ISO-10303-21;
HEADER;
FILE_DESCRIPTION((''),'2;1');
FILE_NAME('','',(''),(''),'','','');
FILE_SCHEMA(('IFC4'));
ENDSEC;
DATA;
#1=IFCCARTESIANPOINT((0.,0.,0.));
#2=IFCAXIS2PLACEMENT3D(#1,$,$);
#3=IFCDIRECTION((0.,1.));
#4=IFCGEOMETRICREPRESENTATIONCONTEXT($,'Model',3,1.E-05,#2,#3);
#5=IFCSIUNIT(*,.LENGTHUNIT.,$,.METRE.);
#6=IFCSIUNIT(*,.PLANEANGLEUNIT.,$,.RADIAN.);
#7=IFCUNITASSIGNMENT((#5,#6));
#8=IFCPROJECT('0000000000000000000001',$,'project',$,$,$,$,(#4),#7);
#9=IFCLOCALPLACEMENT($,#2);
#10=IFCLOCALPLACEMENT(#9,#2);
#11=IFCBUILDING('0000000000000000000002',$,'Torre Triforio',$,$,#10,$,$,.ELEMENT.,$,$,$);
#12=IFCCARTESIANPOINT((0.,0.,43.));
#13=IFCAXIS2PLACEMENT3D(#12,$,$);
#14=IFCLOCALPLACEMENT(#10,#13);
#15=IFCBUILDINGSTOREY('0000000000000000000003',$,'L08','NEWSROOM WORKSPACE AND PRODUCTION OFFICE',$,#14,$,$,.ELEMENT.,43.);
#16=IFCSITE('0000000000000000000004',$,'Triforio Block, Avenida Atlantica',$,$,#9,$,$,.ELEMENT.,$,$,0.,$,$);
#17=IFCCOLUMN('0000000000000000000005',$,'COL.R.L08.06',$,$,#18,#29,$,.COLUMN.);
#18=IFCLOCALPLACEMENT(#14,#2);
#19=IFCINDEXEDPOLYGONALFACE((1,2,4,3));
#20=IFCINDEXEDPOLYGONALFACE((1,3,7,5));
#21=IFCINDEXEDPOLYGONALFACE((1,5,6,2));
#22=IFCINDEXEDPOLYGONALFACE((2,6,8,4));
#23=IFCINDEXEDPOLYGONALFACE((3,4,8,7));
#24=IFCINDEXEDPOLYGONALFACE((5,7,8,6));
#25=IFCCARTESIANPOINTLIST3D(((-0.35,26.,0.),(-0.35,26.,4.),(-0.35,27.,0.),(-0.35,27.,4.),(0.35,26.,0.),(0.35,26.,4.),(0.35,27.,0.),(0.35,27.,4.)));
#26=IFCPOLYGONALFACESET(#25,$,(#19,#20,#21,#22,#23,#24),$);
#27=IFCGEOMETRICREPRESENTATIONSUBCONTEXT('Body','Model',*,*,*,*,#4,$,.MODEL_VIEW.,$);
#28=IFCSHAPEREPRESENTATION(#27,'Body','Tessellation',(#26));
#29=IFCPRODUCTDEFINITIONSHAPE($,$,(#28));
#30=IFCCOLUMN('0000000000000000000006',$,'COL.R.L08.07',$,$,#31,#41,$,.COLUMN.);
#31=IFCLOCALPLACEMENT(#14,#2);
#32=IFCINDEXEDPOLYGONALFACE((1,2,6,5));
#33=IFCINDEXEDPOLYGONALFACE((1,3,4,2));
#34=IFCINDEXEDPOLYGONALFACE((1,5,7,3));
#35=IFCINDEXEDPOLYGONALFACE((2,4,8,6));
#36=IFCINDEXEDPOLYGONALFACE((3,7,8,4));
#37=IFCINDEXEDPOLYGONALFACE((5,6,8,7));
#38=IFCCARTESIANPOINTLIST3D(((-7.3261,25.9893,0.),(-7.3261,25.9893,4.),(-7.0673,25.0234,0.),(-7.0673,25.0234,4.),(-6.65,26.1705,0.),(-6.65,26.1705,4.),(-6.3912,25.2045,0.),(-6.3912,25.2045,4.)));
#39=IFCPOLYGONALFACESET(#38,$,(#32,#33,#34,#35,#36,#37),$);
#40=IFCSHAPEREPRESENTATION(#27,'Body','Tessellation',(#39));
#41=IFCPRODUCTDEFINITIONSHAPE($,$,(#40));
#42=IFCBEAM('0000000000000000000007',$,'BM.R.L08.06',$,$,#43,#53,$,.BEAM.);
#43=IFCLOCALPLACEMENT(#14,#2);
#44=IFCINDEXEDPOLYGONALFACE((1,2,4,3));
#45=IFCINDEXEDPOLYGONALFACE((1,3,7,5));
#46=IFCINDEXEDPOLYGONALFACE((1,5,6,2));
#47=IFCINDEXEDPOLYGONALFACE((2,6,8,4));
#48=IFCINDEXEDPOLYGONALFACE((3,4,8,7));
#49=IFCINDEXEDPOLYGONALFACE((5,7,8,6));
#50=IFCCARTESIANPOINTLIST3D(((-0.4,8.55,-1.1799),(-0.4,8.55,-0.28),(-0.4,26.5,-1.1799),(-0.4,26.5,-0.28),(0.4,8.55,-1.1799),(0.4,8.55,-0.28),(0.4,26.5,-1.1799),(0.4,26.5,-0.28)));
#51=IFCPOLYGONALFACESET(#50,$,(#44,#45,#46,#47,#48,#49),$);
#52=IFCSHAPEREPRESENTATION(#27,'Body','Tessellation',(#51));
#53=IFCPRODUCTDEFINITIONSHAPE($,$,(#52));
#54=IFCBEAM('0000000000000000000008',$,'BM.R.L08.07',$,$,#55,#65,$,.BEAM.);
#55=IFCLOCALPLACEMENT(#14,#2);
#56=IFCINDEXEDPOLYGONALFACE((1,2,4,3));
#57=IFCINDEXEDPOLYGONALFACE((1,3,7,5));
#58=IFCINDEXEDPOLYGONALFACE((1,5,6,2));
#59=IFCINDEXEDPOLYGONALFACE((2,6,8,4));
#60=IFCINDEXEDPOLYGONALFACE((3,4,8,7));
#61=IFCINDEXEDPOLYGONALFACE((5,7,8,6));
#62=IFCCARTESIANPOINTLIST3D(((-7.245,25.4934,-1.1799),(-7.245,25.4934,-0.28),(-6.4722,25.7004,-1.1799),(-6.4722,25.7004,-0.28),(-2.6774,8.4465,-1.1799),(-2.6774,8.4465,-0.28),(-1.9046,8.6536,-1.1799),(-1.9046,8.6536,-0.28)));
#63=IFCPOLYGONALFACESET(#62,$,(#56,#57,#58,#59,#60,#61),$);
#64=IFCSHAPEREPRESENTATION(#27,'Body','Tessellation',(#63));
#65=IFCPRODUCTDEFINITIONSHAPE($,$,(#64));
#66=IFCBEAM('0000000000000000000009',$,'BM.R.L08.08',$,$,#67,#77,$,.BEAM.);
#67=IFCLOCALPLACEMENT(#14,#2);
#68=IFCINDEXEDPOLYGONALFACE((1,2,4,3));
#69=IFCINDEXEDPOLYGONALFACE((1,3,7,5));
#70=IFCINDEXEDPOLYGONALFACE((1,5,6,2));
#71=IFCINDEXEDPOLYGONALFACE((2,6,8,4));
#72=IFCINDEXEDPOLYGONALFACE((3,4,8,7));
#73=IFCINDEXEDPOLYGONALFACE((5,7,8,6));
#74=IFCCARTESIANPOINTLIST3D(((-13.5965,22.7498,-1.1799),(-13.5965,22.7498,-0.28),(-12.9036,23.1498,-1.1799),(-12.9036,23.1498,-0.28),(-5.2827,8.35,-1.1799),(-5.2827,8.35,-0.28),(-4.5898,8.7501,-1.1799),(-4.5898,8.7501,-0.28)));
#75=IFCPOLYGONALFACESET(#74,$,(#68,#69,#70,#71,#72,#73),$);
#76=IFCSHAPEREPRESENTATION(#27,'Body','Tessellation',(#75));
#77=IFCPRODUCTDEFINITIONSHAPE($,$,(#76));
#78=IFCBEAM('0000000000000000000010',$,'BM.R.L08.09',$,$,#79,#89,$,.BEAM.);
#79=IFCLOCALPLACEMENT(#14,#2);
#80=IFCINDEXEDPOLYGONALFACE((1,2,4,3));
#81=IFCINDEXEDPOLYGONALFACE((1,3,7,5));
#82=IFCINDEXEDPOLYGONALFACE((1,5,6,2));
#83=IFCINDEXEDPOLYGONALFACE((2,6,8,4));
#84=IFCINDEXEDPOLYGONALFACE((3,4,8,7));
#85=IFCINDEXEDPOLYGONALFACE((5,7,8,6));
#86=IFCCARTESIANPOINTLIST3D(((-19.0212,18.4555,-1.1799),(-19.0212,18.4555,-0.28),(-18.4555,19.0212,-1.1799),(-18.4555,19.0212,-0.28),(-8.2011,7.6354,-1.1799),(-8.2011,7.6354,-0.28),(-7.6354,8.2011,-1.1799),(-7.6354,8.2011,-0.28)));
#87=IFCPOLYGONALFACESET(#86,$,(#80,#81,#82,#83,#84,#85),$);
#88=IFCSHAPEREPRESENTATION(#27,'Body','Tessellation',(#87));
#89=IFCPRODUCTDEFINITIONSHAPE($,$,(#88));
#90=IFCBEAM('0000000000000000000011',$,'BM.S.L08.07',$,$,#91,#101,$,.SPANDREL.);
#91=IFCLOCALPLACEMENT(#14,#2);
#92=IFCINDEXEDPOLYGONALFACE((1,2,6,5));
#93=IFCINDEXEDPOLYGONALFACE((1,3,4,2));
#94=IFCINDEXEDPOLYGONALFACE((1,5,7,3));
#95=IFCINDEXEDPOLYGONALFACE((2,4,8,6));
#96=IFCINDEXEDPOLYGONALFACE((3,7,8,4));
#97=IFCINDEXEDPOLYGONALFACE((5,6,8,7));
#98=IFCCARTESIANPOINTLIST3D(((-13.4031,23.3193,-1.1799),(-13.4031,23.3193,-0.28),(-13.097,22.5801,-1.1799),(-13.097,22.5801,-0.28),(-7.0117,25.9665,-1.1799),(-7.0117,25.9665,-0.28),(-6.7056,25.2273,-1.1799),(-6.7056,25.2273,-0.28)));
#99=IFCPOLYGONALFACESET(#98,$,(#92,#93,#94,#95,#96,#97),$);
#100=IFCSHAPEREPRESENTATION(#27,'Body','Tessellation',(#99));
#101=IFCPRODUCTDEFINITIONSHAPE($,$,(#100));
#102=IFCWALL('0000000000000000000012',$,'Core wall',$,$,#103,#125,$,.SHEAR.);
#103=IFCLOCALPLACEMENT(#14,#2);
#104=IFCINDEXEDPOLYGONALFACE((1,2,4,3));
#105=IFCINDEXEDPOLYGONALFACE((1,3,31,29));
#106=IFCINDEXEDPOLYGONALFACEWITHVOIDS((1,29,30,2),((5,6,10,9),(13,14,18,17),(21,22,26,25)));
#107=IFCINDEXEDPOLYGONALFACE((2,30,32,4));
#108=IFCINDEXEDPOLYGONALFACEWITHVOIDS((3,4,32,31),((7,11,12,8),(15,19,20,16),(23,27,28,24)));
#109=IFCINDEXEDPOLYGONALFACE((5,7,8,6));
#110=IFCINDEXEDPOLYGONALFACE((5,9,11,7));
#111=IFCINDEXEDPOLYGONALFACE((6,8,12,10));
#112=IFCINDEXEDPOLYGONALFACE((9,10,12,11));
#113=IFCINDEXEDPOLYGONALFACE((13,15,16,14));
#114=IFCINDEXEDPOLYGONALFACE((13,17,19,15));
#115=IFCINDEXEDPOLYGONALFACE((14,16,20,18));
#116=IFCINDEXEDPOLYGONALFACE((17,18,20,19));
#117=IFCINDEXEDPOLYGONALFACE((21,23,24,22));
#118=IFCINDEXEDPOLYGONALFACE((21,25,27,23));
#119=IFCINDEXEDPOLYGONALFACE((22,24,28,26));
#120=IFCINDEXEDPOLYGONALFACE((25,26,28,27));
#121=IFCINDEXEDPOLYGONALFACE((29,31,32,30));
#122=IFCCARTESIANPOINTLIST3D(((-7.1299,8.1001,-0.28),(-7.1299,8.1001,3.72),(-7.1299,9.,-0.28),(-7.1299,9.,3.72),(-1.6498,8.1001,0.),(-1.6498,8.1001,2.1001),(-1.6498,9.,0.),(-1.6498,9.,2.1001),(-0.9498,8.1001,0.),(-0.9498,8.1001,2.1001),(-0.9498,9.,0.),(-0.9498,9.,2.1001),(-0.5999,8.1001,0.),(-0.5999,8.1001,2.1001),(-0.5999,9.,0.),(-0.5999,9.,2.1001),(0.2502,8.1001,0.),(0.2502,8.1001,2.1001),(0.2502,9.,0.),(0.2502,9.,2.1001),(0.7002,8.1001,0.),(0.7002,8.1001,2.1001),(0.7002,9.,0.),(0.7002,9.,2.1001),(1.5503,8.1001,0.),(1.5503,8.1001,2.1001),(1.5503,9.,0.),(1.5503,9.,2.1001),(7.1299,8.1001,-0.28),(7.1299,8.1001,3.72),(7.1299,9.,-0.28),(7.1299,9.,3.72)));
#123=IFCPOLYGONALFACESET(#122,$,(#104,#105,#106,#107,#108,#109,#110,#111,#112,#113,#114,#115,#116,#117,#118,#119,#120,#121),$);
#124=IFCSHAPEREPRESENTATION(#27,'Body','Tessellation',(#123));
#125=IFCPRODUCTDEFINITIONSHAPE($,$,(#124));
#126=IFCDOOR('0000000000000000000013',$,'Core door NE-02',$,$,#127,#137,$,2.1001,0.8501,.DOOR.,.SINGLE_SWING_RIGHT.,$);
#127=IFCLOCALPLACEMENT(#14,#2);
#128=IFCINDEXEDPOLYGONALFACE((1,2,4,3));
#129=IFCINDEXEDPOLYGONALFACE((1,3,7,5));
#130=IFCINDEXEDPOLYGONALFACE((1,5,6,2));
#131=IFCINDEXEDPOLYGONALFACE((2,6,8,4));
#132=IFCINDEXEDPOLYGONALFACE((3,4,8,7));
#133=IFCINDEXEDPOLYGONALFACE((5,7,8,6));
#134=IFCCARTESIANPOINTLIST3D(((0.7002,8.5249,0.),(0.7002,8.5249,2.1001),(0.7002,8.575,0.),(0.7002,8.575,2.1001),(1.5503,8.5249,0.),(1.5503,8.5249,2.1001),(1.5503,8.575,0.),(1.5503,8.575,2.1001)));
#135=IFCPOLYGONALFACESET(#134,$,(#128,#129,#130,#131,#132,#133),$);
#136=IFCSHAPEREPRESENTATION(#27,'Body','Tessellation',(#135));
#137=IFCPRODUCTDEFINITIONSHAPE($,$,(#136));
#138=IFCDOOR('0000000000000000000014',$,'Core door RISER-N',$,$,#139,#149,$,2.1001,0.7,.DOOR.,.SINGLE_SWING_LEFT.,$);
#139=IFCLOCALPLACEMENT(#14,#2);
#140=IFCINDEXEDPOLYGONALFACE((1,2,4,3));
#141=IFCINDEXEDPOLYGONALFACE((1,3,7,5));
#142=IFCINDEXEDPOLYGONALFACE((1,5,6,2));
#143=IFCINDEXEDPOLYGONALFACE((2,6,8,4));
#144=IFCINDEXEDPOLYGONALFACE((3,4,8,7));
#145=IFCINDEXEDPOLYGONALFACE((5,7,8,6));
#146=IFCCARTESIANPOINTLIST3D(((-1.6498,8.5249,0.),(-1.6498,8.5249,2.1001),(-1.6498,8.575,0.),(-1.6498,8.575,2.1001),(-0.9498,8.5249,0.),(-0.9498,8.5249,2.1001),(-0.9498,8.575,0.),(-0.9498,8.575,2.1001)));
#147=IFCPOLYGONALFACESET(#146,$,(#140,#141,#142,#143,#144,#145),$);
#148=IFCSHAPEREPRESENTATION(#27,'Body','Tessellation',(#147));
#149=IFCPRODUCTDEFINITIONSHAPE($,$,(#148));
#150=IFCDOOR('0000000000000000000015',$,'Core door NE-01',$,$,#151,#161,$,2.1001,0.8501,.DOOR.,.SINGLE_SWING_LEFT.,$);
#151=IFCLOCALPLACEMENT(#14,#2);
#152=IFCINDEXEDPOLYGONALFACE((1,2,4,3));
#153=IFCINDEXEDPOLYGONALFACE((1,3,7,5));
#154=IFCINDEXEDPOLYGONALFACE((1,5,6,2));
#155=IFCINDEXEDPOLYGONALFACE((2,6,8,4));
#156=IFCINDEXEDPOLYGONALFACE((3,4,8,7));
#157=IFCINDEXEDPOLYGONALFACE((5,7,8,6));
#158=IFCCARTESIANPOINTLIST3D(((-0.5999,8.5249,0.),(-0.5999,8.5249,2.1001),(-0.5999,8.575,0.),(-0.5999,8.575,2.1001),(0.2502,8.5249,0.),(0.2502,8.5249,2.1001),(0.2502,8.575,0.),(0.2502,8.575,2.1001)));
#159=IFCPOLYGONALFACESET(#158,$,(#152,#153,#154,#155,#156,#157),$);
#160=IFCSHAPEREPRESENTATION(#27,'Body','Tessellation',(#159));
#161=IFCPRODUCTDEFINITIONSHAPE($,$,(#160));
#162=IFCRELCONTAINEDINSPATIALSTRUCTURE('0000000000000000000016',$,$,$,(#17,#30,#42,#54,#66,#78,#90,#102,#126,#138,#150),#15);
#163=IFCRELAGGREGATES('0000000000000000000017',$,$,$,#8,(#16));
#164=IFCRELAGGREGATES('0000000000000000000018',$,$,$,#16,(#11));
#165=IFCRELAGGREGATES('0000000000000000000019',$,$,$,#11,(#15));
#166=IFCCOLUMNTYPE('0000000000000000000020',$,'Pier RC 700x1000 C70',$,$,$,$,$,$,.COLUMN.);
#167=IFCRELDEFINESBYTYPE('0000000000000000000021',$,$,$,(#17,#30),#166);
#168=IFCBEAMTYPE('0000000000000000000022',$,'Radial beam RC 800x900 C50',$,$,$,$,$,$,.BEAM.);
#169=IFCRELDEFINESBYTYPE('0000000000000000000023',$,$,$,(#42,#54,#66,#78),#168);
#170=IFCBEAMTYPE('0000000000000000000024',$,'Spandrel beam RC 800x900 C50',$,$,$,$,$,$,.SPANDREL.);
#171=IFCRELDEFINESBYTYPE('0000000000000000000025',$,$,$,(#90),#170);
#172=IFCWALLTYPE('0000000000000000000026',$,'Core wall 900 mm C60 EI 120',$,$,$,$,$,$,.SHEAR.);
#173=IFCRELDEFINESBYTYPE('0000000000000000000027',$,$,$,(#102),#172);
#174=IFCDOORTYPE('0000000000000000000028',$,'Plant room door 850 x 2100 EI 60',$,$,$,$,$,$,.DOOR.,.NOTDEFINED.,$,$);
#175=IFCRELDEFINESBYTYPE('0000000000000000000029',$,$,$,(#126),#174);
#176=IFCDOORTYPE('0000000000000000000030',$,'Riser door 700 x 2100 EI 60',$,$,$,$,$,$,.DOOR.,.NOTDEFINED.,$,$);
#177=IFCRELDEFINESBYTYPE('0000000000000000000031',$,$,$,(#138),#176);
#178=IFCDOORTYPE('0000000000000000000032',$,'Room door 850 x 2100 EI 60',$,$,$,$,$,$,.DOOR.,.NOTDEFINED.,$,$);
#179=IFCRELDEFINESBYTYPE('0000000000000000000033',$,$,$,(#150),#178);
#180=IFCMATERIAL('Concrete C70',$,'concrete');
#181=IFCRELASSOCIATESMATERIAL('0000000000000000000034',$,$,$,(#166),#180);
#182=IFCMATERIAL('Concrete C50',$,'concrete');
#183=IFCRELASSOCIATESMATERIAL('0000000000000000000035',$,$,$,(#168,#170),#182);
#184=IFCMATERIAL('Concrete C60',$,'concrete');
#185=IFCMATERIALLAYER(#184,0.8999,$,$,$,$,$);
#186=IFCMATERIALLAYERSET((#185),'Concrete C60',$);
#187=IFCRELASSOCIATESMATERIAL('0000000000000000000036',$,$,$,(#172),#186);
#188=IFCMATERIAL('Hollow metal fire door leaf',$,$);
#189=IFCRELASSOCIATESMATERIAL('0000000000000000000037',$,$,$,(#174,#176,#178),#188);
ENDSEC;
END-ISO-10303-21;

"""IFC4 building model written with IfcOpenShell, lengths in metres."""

from ifc_helpers import new_model, si_unit, direction, frame, frame_2d, origin, origin_2d, place, context, subcontext, project, spatial, rectangle, extrude, material, layer, layer_set, material_profile, profile_set, type_object, element, fill, save


model = new_model("IFC4")

# Units and contexts
model_context = context("Model", 3, precision=1e-05, world=origin(), true_north=direction((0.0, 1.0)))
body_context = subcontext(model_context, "Body", "Model", "MODEL_VIEW")
ifc_project = project(units=[si_unit("LENGTHUNIT", "METRE"), si_unit("PLANEANGLEUNIT", "RADIAN")], contexts=[model_context])

# Site, building, storey
site_placement = place(None, origin())
site = spatial("IfcSite", under=ifc_project, at=site_placement, Name="Triforio Block, Avenida Atlantica", CompositionType="ELEMENT", RefElevation=0.0)
building_placement = place(site_placement, origin())
building = spatial("IfcBuilding", under=site, at=building_placement, Name="Torre Triforio", CompositionType="ELEMENT")
storey_placement = place(building_placement, frame((0.0, 0.0, 43.0)))
storey = spatial("IfcBuildingStorey", under=building, at=storey_placement, Name="L08", Description="NEWSROOM WORKSPACE AND PRODUCTION OFFICE", CompositionType="ELEMENT", Elevation=43.0)

# Columns
ifc_material_1 = material(Name="Concrete C70", Category="concrete")
ifc_material_profile_1 = material_profile(ifc_material_1, rectangle(XDim=0.7, YDim=1.0, at=origin_2d()), Name="RC 700x1000")
ifc_profile_set_1 = profile_set([ifc_material_profile_1], Name="Concrete C70")
column_type = type_object("IfcColumnType", Name="Pier RC 700x1000 C70", PredefinedType="COLUMN", material=ifc_profile_set_1)
for number, where, z_axis, x_axis, name in (
    (1, (0.0, 26.5, 0.0), (0.0, 0.0, 1.0), (-1.0, 0.0, 0.0), "COL.R.L08.06"),
    (2, (-6.8586, 25.5969, 0.0), (0.0, 0.0, 1.0), (-0.965926, -0.258819, 0.0), "COL.R.L08.07"),
):
    element("IfcColumn", number, at=place(storey_placement, frame(where, z_axis=z_axis, x_axis=x_axis)), inside=storey, type_object=column_type, Name=name, PredefinedType="COLUMN", context=body_context, shape_type="SweptSolid", body=[
        extrude(rectangle(XDim=0.7, YDim=1.0, at=origin_2d()), origin(), (0.0, 0.0, 1.0), 4.0),
    ])

# Beams
ifc_material_2 = material(Name="Concrete C50", Category="concrete")
ifc_material_profile_2 = material_profile(ifc_material_2, rectangle(XDim=0.8, YDim=0.8999, at=origin_2d()), Name="RC 800x900")
ifc_profile_set_2 = profile_set([ifc_material_profile_2], Name="Concrete C50")
beam_type_1 = type_object("IfcBeamType", Name="Radial beam RC 800x900 C50", PredefinedType="BEAM", material=ifc_profile_set_2)
beam_1_placement = place(storey_placement, frame((0.0, 8.55, -0.73), z_axis=(0.0, 1.0, 0.0), x_axis=(-1.0, 0.0, 0.0)))
element("IfcBeam", 3, at=beam_1_placement, inside=storey, type_object=beam_type_1, Name="BM.R.L08.06", PredefinedType="BEAM", context=body_context, shape_type="SweptSolid", body=[
    extrude(rectangle(XDim=0.8, YDim=0.8999, at=origin_2d()), origin(), (0.0, 0.0, 1.0), 17.95),
])
beam_2_placement = place(storey_placement, frame((-2.291, 8.55, -0.73), z_axis=(-0.258815, 0.965927, 0.0), x_axis=(-0.965927, -0.258815, 0.0)))
element("IfcBeam", 4, at=beam_2_placement, inside=storey, type_object=beam_type_1, Name="BM.R.L08.07", PredefinedType="BEAM", context=body_context, shape_type="SweptSolid", body=[
    extrude(rectangle(XDim=0.8, YDim=0.8999, at=origin_2d()), origin(), (0.0, 0.0, 1.0), 17.6482),
])
beam_3_placement = place(storey_placement, frame((-4.9363, 8.55, -0.73), z_axis=(-0.500003, 0.866023, 0.0), x_axis=(-0.866023, -0.500003, 0.0)))
element("IfcBeam", 5, at=beam_3_placement, inside=storey, type_object=beam_type_1, Name="BM.R.L08.08", PredefinedType="BEAM", context=body_context, shape_type="SweptSolid", body=[
    extrude(rectangle(XDim=0.8, YDim=0.8999, at=origin_2d()), origin(), (0.0, 0.0, 1.0), 16.6274),
])
beam_4_placement = place(storey_placement, frame((-7.9182, 7.9182, -0.73), z_axis=(-0.707107, 0.707107, 0.0), x_axis=(-0.707107, -0.707107, 0.0)))
element("IfcBeam", 6, at=beam_4_placement, inside=storey, type_object=beam_type_1, Name="BM.R.L08.09", PredefinedType="BEAM", context=body_context, shape_type="SweptSolid", body=[
    extrude(rectangle(XDim=0.8, YDim=0.8999, at=origin_2d()), origin(), (0.0, 0.0, 1.0), 15.302),
])
ifc_material_profile_3 = material_profile(ifc_material_2, rectangle(XDim=0.8, YDim=0.8999, at=origin_2d()), Name="RC 800x900")
ifc_profile_set_3 = profile_set([ifc_material_profile_3], Name="Concrete C50")
beam_type_2 = type_object("IfcBeamType", Name="Spandrel beam RC 800x900 C50", PredefinedType="SPANDREL", material=ifc_profile_set_3)
beam_5_placement = place(storey_placement, frame((-6.8586, 25.5969, -0.73), z_axis=(-0.923888, -0.382662, 0.0), x_axis=(0.382662, -0.923888, 0.0)))
element("IfcBeam", 7, at=beam_5_placement, inside=storey, type_object=beam_type_2, Name="BM.S.L08.07", PredefinedType="SPANDREL", context=body_context, shape_type="SweptSolid", body=[
    extrude(rectangle(XDim=0.8, YDim=0.8999, at=origin_2d()), origin(), (0.0, 0.0, 1.0), 6.918),
])

# Wall, openings, doors
ifc_material_3 = material(Name="Concrete C60", Category="concrete")
ifc_layer_1 = layer(ifc_material_3, 0.8999)
ifc_layer_set_1 = layer_set([ifc_layer_1], Name="Concrete C60")
wall_type_1 = type_object("IfcWallType", Name="Core wall 900 mm C60 EI 120", PredefinedType="SHEAR", material=ifc_layer_set_1)
wall_1_placement = place(storey_placement, frame((-7.1299, 8.55, -0.28), z_axis=(0.0, 0.0, 1.0), x_axis=(1.0, 0.0, 0.0)))
wall_1 = element("IfcWall", 8, at=wall_1_placement, inside=storey, type_object=wall_type_1, Name="Core wall", PredefinedType="SHEAR", context=body_context, shape_type="SweptSolid", body=[
    extrude(rectangle(XDim=14.2598, YDim=0.8999, at=frame_2d((7.1299, 0.0))), origin(), (0.0, 0.0, 1.0), 4.0),
])
opening_1_placement = place(wall_1_placement, frame((5.48, 0.0, 0.28)))
opening_1 = element("IfcOpeningElement", 9, at=opening_1_placement, cuts=wall_1, PredefinedType="OPENING", context=body_context, shape_type="SweptSolid", body=[
    extrude(rectangle(XDim=0.7, YDim=2.1001, at=frame_2d((0.3501, 1.05))), frame((0.0, 0.46, 0.0), z_axis=(0.0, -1.0, 0.0), x_axis=(1.0, 0.0, 0.0)), (0.0, 0.0, 1.0), 0.9199),
])
opening_2_placement = place(wall_1_placement, frame((6.53, 0.0, 0.28)))
opening_2 = element("IfcOpeningElement", 10, at=opening_2_placement, cuts=wall_1, PredefinedType="OPENING", context=body_context, shape_type="SweptSolid", body=[
    extrude(rectangle(XDim=0.8501, YDim=2.1001, at=frame_2d((0.425, 1.05))), frame((0.0, 0.46, 0.0), z_axis=(0.0, -1.0, 0.0), x_axis=(1.0, 0.0, 0.0)), (0.0, 0.0, 1.0), 0.9199),
])
opening_3_placement = place(wall_1_placement, frame((7.8301, 0.0, 0.28)))
opening_3 = element("IfcOpeningElement", 11, at=opening_3_placement, cuts=wall_1, PredefinedType="OPENING", context=body_context, shape_type="SweptSolid", body=[
    extrude(rectangle(XDim=0.8501, YDim=2.1001, at=frame_2d((0.425, 1.05))), frame((0.0, 0.46, 0.0), z_axis=(0.0, -1.0, 0.0), x_axis=(1.0, 0.0, 0.0)), (0.0, 0.0, 1.0), 0.9199),
])
ifc_material_4 = material(Name="Hollow metal fire door leaf")
door_type_1 = type_object("IfcDoorType", Name="Plant room door 850 x 2100 EI 60", OperationType="NOTDEFINED", PredefinedType="DOOR", material=ifc_material_4)
door_1_placement = place(opening_3_placement, origin())
door_1 = element("IfcDoor", 12, at=door_1_placement, inside=storey, type_object=door_type_1, Name="Core door NE-02", OperationType="SINGLE_SWING_RIGHT", OverallHeight=2.1001, OverallWidth=0.8501, PredefinedType="DOOR", context=body_context, shape_type="SweptSolid", body=[
    extrude(rectangle(XDim=0.8501, YDim=2.1001, at=frame_2d((0.425, 1.05))), frame((0.0, 0.0249, 0.0), z_axis=(0.0, -1.0, 0.0), x_axis=(1.0, 0.0, 0.0)), (0.0, 0.0, 1.0), 0.05),
])
fill(opening_3, door_1)
door_type_2 = type_object("IfcDoorType", Name="Riser door 700 x 2100 EI 60", OperationType="NOTDEFINED", PredefinedType="DOOR", material=ifc_material_4)
door_2_placement = place(opening_1_placement, origin())
door_2 = element("IfcDoor", 13, at=door_2_placement, inside=storey, type_object=door_type_2, Name="Core door RISER-N", OperationType="SINGLE_SWING_LEFT", OverallHeight=2.1001, OverallWidth=0.7, PredefinedType="DOOR", context=body_context, shape_type="SweptSolid", body=[
    extrude(rectangle(XDim=0.7, YDim=2.1001, at=frame_2d((0.3501, 1.05))), frame((0.0, 0.0249, 0.0), z_axis=(0.0, -1.0, 0.0), x_axis=(1.0, 0.0, 0.0)), (0.0, 0.0, 1.0), 0.05),
])
fill(opening_1, door_2)
door_type_3 = type_object("IfcDoorType", Name="Room door 850 x 2100 EI 60", OperationType="NOTDEFINED", PredefinedType="DOOR", material=ifc_material_4)
door_3_placement = place(opening_2_placement, origin())
door_3 = element("IfcDoor", 14, at=door_3_placement, inside=storey, type_object=door_type_3, Name="Core door NE-01", OperationType="SINGLE_SWING_LEFT", OverallHeight=2.1001, OverallWidth=0.8501, PredefinedType="DOOR", context=body_context, shape_type="SweptSolid", body=[
    extrude(rectangle(XDim=0.8501, YDim=2.1001, at=frame_2d((0.425, 1.05))), frame((0.0, 0.0249, 0.0), z_axis=(0.0, -1.0, 0.0), x_axis=(1.0, 0.0, 0.0)), (0.0, 0.0, 1.0), 0.05),
])
fill(opening_2, door_3)

save(model, "model.ifc")
